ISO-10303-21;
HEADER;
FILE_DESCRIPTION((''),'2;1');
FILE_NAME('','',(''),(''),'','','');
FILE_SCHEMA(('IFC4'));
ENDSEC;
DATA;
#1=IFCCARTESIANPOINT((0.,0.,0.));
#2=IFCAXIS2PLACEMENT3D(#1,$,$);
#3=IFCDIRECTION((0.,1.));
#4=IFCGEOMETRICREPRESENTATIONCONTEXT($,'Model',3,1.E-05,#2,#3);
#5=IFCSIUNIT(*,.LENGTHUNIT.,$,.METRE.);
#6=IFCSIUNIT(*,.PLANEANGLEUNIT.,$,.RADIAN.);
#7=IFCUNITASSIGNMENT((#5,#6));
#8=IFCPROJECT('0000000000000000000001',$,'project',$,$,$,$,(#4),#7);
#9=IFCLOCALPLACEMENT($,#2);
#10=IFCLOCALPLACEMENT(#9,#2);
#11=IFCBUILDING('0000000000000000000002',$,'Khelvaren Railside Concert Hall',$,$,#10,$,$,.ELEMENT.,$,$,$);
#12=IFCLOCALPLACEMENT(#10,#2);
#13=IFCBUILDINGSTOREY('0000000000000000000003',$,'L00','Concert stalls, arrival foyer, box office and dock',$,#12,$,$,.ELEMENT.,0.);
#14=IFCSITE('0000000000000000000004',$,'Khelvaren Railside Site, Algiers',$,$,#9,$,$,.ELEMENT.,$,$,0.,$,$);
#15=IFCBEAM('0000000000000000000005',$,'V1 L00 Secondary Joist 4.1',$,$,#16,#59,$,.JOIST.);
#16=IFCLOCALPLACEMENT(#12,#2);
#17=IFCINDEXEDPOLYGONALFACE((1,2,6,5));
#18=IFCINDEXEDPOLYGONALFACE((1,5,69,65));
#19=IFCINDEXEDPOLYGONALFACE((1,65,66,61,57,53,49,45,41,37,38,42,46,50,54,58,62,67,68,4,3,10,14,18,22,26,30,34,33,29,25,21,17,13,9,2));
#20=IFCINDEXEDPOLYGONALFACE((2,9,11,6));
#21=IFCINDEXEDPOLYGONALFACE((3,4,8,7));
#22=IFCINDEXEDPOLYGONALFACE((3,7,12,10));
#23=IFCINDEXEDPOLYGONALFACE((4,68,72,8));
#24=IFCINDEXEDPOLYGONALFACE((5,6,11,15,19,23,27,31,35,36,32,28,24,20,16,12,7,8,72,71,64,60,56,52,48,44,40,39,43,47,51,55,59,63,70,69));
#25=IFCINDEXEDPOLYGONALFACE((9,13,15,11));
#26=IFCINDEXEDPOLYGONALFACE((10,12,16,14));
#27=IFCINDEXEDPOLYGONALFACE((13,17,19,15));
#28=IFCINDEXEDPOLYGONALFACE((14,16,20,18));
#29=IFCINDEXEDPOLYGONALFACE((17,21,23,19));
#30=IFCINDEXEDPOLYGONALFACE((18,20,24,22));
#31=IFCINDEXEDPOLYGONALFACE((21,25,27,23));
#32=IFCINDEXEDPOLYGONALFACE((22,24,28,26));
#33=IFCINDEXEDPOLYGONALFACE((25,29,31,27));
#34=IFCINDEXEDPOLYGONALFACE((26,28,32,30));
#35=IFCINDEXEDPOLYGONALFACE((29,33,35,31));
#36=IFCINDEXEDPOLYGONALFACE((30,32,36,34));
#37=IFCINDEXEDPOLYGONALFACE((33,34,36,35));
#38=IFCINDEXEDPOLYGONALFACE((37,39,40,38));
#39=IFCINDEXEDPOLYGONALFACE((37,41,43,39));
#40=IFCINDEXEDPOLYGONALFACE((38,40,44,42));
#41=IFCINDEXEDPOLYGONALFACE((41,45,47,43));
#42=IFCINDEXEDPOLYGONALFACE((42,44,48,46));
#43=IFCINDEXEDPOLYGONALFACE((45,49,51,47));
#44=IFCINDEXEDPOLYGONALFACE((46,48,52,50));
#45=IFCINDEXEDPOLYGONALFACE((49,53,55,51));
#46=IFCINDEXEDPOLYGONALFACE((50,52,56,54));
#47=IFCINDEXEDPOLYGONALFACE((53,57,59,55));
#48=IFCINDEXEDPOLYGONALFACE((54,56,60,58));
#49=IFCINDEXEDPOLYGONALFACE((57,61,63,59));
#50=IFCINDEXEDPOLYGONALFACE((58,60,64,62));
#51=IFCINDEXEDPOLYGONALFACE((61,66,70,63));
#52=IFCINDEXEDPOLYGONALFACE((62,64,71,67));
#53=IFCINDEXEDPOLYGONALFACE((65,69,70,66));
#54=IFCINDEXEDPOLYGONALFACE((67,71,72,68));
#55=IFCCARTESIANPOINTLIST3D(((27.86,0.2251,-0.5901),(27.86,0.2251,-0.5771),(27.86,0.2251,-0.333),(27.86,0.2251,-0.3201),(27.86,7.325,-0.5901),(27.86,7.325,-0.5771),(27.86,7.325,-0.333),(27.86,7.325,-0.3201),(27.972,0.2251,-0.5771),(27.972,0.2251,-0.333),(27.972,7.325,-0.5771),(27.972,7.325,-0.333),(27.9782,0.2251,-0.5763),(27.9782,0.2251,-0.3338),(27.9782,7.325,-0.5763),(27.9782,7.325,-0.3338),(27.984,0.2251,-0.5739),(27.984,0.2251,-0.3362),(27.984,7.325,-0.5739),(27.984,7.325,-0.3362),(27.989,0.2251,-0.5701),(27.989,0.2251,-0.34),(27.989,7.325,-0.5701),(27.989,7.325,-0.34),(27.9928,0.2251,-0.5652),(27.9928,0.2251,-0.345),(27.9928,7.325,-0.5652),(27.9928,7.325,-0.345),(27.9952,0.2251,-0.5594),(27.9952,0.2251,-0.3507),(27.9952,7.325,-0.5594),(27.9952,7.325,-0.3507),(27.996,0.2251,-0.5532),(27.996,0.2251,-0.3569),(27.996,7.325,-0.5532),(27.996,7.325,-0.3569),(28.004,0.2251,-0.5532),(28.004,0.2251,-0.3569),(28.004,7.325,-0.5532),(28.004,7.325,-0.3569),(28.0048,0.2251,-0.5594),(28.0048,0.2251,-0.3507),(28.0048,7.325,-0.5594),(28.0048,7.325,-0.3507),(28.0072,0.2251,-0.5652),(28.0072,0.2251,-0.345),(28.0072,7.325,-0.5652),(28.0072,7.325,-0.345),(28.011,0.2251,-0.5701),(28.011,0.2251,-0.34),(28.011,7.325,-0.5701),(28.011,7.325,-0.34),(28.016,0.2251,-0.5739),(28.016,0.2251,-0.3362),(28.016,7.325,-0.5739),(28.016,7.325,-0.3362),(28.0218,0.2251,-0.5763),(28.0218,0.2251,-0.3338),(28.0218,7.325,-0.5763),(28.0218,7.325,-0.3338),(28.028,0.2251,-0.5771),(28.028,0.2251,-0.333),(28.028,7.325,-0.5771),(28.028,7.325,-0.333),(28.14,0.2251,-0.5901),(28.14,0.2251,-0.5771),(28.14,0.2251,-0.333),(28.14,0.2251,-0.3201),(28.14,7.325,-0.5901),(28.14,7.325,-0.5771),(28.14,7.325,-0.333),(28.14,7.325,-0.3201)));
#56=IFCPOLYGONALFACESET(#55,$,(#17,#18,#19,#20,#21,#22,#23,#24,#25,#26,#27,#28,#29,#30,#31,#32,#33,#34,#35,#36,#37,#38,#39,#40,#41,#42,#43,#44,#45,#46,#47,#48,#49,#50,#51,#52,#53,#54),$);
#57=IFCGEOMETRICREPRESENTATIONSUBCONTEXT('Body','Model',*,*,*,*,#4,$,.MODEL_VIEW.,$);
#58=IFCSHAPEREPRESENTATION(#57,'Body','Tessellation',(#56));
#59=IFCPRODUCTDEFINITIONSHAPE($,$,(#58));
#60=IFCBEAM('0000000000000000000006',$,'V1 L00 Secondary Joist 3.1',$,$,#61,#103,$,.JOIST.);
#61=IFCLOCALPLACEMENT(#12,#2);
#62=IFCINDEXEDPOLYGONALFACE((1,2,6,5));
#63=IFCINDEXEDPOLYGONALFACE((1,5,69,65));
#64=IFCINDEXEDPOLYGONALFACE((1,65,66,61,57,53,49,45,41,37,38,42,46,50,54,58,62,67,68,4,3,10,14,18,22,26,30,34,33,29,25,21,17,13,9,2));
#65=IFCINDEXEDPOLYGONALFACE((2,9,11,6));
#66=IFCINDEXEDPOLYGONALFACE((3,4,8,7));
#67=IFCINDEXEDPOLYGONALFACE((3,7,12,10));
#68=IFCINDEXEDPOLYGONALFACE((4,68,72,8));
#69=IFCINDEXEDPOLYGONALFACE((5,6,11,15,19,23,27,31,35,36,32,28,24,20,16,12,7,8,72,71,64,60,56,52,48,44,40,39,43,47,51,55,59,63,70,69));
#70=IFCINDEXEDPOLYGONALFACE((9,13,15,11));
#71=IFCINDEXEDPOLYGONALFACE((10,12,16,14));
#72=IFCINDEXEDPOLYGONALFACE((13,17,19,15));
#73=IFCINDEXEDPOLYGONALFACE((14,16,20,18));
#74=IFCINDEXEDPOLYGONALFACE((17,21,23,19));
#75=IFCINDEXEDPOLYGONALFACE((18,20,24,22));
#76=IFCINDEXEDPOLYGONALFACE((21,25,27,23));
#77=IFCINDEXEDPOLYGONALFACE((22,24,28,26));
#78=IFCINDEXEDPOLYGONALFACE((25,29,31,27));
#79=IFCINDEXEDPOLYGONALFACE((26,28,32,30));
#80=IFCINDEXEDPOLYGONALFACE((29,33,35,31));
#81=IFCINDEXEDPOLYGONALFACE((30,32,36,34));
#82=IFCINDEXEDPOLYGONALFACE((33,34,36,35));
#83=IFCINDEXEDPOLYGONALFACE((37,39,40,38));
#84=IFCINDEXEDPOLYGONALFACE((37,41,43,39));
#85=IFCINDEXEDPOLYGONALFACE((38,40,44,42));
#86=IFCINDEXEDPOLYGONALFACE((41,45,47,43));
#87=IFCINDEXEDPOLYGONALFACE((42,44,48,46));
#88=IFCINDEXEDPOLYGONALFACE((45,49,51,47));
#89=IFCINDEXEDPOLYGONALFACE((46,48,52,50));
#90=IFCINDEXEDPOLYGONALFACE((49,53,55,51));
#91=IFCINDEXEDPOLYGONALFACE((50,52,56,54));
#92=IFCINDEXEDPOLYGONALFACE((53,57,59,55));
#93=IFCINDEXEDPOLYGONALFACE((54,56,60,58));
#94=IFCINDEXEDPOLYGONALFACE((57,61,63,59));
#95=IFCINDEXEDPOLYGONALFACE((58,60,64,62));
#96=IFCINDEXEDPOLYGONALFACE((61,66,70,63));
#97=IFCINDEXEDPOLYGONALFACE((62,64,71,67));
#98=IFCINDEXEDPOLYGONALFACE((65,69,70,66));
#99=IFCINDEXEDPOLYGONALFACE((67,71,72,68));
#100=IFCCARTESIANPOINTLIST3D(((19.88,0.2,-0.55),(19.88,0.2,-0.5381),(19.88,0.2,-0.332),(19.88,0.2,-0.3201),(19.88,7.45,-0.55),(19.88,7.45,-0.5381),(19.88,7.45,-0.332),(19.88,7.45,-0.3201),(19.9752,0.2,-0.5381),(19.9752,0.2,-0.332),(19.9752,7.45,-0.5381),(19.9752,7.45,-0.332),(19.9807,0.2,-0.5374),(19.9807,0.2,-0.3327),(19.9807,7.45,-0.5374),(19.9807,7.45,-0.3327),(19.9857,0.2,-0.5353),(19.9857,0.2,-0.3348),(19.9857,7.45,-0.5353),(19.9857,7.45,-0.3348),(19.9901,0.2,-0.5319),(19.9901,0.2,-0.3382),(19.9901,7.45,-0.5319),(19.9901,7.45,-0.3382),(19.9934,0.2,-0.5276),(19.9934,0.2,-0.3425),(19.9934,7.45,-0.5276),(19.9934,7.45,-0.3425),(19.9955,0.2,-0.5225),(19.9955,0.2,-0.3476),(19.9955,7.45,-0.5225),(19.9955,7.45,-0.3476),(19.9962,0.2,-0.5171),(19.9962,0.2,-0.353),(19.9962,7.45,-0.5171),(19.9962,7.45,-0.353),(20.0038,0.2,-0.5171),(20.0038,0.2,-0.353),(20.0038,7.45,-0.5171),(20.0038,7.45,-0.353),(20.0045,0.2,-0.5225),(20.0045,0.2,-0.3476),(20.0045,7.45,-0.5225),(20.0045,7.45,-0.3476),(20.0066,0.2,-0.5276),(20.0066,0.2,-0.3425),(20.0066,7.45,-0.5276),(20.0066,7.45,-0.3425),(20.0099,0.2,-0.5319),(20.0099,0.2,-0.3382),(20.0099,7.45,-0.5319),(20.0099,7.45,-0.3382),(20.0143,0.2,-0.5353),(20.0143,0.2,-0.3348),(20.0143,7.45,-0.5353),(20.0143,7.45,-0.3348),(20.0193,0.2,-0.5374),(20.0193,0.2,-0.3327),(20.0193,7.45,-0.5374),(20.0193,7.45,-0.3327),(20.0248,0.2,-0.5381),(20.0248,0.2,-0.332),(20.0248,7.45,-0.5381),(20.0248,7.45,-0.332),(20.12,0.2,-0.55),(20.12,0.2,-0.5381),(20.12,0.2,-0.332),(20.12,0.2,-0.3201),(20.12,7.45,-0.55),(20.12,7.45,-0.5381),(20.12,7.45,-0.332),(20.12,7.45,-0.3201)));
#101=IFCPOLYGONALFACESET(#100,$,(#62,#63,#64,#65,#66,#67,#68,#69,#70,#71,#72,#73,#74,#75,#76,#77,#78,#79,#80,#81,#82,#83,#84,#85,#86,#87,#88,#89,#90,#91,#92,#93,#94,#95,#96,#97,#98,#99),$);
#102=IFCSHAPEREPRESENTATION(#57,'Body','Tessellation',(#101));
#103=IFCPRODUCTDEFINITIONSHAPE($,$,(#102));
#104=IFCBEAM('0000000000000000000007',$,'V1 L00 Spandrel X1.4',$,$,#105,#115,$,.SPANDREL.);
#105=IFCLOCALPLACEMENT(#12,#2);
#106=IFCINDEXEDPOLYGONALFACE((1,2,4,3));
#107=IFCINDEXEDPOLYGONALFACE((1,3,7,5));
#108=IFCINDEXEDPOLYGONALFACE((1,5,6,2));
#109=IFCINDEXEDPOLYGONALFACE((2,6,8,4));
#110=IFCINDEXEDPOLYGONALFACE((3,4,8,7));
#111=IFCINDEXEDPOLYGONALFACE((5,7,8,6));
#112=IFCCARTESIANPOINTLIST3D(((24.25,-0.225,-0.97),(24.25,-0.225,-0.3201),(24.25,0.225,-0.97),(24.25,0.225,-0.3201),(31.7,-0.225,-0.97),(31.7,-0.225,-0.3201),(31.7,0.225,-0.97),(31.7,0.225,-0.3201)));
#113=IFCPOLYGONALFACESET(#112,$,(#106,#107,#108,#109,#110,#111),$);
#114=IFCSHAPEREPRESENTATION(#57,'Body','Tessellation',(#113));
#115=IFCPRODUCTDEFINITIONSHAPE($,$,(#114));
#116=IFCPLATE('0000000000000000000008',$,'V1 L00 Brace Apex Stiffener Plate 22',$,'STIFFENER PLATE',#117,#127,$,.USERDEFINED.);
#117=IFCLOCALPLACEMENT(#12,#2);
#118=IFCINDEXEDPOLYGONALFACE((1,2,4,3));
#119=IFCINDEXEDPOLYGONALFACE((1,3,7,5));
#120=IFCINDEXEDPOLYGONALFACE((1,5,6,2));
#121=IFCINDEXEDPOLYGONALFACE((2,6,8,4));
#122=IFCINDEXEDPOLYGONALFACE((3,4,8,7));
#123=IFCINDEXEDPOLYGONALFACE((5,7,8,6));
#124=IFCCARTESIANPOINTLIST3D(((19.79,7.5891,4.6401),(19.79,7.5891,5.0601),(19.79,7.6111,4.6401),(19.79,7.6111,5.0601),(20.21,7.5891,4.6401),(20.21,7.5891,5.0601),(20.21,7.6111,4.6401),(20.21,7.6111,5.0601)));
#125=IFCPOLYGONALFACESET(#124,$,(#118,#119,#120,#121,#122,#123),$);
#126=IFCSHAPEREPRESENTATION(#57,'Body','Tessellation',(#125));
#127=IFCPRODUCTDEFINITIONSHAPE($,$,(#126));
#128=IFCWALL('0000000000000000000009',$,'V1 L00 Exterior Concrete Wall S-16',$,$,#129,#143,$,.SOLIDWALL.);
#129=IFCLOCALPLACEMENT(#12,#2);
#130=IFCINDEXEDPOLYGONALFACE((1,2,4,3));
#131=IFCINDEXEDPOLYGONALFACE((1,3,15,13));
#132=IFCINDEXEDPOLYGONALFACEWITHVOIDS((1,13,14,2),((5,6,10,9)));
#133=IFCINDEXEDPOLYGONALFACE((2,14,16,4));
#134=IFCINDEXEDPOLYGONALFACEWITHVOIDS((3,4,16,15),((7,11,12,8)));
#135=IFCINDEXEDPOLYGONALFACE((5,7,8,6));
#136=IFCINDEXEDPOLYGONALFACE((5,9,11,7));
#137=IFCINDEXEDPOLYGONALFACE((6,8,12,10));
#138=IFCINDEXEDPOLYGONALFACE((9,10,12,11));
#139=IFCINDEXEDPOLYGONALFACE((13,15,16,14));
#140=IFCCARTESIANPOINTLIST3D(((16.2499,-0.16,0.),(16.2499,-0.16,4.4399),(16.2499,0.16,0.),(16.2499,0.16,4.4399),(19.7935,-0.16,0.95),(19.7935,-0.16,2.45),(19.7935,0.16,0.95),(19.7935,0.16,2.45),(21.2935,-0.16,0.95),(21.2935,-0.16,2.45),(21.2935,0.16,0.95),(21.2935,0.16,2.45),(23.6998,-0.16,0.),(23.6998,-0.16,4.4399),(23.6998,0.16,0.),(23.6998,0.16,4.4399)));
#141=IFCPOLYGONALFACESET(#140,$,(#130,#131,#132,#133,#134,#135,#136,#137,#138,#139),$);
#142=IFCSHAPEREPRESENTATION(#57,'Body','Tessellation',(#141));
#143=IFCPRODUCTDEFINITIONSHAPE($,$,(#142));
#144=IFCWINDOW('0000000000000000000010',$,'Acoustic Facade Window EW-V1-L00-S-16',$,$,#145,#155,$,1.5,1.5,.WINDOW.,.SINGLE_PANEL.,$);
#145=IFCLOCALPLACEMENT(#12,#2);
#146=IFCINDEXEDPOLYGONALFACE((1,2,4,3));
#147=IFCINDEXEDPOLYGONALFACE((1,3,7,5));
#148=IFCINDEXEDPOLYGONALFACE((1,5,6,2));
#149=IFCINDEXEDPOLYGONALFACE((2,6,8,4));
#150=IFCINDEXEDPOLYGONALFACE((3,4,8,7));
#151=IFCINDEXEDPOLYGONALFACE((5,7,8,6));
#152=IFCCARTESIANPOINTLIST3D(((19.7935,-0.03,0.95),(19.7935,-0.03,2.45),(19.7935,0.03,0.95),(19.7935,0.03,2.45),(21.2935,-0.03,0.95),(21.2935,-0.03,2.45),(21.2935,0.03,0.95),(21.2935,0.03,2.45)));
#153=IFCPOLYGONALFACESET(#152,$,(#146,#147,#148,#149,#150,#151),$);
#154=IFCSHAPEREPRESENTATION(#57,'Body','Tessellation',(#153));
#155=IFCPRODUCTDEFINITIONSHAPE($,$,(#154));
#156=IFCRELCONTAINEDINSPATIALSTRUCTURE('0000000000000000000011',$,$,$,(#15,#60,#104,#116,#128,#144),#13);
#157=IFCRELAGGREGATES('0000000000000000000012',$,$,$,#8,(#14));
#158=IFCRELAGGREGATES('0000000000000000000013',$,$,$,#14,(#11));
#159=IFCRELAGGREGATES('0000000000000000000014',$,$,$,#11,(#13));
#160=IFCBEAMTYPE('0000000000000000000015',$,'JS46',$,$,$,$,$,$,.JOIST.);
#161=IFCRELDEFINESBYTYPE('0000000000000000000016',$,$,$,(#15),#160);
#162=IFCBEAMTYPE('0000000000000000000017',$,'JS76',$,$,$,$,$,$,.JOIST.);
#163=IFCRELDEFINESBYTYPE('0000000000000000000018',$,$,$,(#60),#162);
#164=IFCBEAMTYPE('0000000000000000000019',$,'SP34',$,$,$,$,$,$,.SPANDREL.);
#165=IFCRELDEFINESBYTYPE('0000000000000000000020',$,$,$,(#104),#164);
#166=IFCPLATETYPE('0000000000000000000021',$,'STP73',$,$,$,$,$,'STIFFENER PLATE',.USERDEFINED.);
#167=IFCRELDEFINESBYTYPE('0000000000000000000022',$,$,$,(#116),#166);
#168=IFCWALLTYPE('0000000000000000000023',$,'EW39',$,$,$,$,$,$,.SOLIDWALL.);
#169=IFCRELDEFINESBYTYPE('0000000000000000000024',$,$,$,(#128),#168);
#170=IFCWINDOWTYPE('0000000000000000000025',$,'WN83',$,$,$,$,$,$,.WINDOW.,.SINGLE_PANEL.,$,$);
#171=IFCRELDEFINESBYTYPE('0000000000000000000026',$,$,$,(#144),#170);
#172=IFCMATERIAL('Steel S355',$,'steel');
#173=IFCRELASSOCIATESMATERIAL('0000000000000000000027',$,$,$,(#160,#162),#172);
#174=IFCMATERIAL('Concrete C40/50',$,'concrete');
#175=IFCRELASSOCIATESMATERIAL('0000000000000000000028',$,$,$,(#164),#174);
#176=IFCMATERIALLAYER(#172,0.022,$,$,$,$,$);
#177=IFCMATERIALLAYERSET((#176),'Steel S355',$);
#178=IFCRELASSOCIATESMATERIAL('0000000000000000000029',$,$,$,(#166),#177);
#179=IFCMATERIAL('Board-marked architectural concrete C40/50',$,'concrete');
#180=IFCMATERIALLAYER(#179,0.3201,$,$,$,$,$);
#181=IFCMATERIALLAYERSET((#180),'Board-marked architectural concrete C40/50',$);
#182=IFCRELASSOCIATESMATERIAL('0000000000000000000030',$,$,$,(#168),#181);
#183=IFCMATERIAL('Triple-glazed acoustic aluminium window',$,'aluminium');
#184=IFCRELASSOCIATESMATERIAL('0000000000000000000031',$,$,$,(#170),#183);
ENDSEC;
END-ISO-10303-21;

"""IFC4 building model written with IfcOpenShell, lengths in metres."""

from ifc_helpers import new_model, si_unit, direction, frame, frame_2d, origin, origin_2d, place, context, subcontext, project, spatial, rectangle, i_section, extrude, material, layer, layer_set, material_profile, profile_set, type_object, element, fill, save


model = new_model("IFC4")

# Units and contexts
model_context = context("Model", 3, precision=1e-05, world=origin(), true_north=direction((0.0, 1.0)))
body_context = subcontext(model_context, "Body", "Model", "MODEL_VIEW")
ifc_project = project(units=[si_unit("LENGTHUNIT", "METRE"), si_unit("PLANEANGLEUNIT", "RADIAN")], contexts=[model_context])

# Site, building, storey
site_placement = place(None, origin())
site = spatial("IfcSite", under=ifc_project, at=site_placement, Name="Khelvaren Railside Site, Algiers", CompositionType="ELEMENT", RefElevation=0.0)
building_placement = place(site_placement, origin())
building = spatial("IfcBuilding", under=site, at=building_placement, Name="Khelvaren Railside Concert Hall", CompositionType="ELEMENT")
storey_placement = place(building_placement, origin())
storey = spatial("IfcBuildingStorey", under=building, at=storey_placement, Name="L00", Description="Concert stalls, arrival foyer, box office and dock", CompositionType="ELEMENT", Elevation=0.0)

# Shared definitions
ifc_material_1 = material(Name="Steel S355", Category="steel")

# Beams
ifc_material_2 = material(Name="Concrete C40/50", Category="concrete")
ifc_material_profile_1 = material_profile(ifc_material_1, i_section(OverallWidth=0.28, OverallDepth=0.27, WebThickness=0.0081, FlangeThickness=0.0129, FilletRadius=0.0239, at=origin_2d()), Name="HEA 280")
ifc_profile_set_1 = profile_set([ifc_material_profile_1], Name="Steel S355")
beam_type_1 = type_object("IfcBeamType", Name="JS46", PredefinedType="JOIST", material=ifc_profile_set_1)
beam_1_placement = place(storey_placement, frame((28.0, 0.2251, -0.4551), z_axis=(0.0, 1.0, 0.0), x_axis=(-1.0, 0.0, 0.0)))
element("IfcBeam", 1, at=beam_1_placement, inside=storey, type_object=beam_type_1, Name="V1 L00 Secondary Joist 4.1", PredefinedType="JOIST", context=body_context, shape_type="SweptSolid", body=[
    extrude(i_section(OverallWidth=0.28, OverallDepth=0.27, WebThickness=0.0081, FlangeThickness=0.0129, FilletRadius=0.0239, at=origin_2d()), origin(), (0.0, 0.0, 1.0), 7.0999),
])
ifc_material_profile_2 = material_profile(ifc_material_1, i_section(OverallWidth=0.24, OverallDepth=0.23, WebThickness=0.0076, FlangeThickness=0.012, FilletRadius=0.021, at=origin_2d()), Name="HEA 240")
ifc_profile_set_2 = profile_set([ifc_material_profile_2], Name="Steel S355")
beam_type_2 = type_object("IfcBeamType", Name="JS76", PredefinedType="JOIST", material=ifc_profile_set_2)
beam_2_placement = place(storey_placement, frame((20.0, 0.2, -0.4351), z_axis=(0.0, 1.0, 0.0), x_axis=(-1.0, 0.0, 0.0)))
element("IfcBeam", 2, at=beam_2_placement, inside=storey, type_object=beam_type_2, Name="V1 L00 Secondary Joist 3.1", PredefinedType="JOIST", context=body_context, shape_type="SweptSolid", body=[
    extrude(i_section(OverallWidth=0.24, OverallDepth=0.23, WebThickness=0.0076, FlangeThickness=0.012, FilletRadius=0.021, at=origin_2d()), origin(), (0.0, 0.0, 1.0), 7.25),
])
ifc_material_profile_3 = material_profile(ifc_material_2, rectangle(XDim=0.45, YDim=0.6499, at=origin_2d()), Name="RCB 450x650")
ifc_profile_set_3 = profile_set([ifc_material_profile_3], Name="Concrete C40/50")
beam_type_3 = type_object("IfcBeamType", Name="SP34", PredefinedType="SPANDREL", material=ifc_profile_set_3)
beam_3_placement = place(storey_placement, frame((24.25, 0.0, -0.645), z_axis=(1.0, 0.0, 0.0), x_axis=(0.0, 1.0, 0.0)))
element("IfcBeam", 3, at=beam_3_placement, inside=storey, type_object=beam_type_3, Name="V1 L00 Spandrel X1.4", PredefinedType="SPANDREL", context=body_context, shape_type="SweptSolid", body=[
    extrude(rectangle(XDim=0.45, YDim=0.6499, at=origin_2d()), origin(), (0.0, 0.0, 1.0), 7.45),
])

# Plate
ifc_layer_1 = layer(ifc_material_1, 0.022)
ifc_layer_set_1 = layer_set([ifc_layer_1], Name="Steel S355")
plate_type = type_object("IfcPlateType", Name="STP73", ElementType="STIFFENER PLATE", PredefinedType="USERDEFINED", material=ifc_layer_set_1)
plate_placement = place(storey_placement, frame((20.0, 7.6001, 4.6401), z_axis=(0.0, 0.0, 1.0), x_axis=(1.0, 0.0, 0.0)))
element("IfcPlate", 4, at=plate_placement, inside=storey, type_object=plate_type, Name="V1 L00 Brace Apex Stiffener Plate 22", ObjectType="STIFFENER PLATE", PredefinedType="USERDEFINED", context=body_context, shape_type="SweptSolid", body=[
    extrude(rectangle(XDim=0.4199, YDim=0.022, at=origin_2d()), origin(), (0.0, 0.0, 1.0), 0.4199),
])

# Wall, opening, window
ifc_material_3 = material(Name="Board-marked architectural concrete C40/50", Category="concrete")
ifc_layer_2 = layer(ifc_material_3, 0.3201)
ifc_layer_set_2 = layer_set([ifc_layer_2], Name="Board-marked architectural concrete C40/50")
wall_type_1 = type_object("IfcWallType", Name="EW39", PredefinedType="SOLIDWALL", material=ifc_layer_set_2)
wall_1_placement = place(storey_placement, frame((23.7, 0.0, 0.0), z_axis=(0.0, 0.0, 1.0), x_axis=(-1.0, 0.0, 0.0)))
wall_1 = element("IfcWall", 5, at=wall_1_placement, inside=storey, type_object=wall_type_1, Name="V1 L00 Exterior Concrete Wall S-16", PredefinedType="SOLIDWALL", context=body_context, shape_type="SweptSolid", body=[
    extrude(rectangle(XDim=7.45, YDim=0.3201, at=frame_2d((3.7251, 0.0))), origin(), (0.0, 0.0, 1.0), 4.4399),
])
opening_1_placement = place(wall_1_placement, frame((2.4065, 0.0, 0.95)))
opening_1 = element("IfcOpeningElement", 6, at=opening_1_placement, cuts=wall_1, PredefinedType="OPENING", context=body_context, shape_type="SweptSolid", body=[
    extrude(rectangle(XDim=1.5, YDim=1.5, at=frame_2d((0.75, 0.75))), frame((0.0, 0.1699, 0.0), z_axis=(0.0, -1.0, 0.0), x_axis=(1.0, 0.0, 0.0)), (0.0, 0.0, 1.0), 0.3401),
])
ifc_material_4 = material(Name="Triple-glazed acoustic aluminium window", Category="aluminium")
window_type = type_object("IfcWindowType", Name="WN83", PartitioningType="SINGLE_PANEL", PredefinedType="WINDOW", material=ifc_material_4)
window_placement = place(opening_1_placement, origin())
window = element("IfcWindow", 7, at=window_placement, inside=storey, type_object=window_type, Name="Acoustic Facade Window EW-V1-L00-S-16", OverallHeight=1.5, OverallWidth=1.5, PartitioningType="SINGLE_PANEL", PredefinedType="WINDOW", context=body_context, shape_type="SweptSolid", body=[
    extrude(rectangle(XDim=1.5, YDim=1.5, at=frame_2d((0.75, 0.75))), frame((0.0, 0.03, 0.0), z_axis=(0.0, -1.0, 0.0), x_axis=(1.0, 0.0, 0.0)), (0.0, 0.0, 1.0), 0.0601),
])
fill(opening_1, window)

save(model, "model.ifc")
